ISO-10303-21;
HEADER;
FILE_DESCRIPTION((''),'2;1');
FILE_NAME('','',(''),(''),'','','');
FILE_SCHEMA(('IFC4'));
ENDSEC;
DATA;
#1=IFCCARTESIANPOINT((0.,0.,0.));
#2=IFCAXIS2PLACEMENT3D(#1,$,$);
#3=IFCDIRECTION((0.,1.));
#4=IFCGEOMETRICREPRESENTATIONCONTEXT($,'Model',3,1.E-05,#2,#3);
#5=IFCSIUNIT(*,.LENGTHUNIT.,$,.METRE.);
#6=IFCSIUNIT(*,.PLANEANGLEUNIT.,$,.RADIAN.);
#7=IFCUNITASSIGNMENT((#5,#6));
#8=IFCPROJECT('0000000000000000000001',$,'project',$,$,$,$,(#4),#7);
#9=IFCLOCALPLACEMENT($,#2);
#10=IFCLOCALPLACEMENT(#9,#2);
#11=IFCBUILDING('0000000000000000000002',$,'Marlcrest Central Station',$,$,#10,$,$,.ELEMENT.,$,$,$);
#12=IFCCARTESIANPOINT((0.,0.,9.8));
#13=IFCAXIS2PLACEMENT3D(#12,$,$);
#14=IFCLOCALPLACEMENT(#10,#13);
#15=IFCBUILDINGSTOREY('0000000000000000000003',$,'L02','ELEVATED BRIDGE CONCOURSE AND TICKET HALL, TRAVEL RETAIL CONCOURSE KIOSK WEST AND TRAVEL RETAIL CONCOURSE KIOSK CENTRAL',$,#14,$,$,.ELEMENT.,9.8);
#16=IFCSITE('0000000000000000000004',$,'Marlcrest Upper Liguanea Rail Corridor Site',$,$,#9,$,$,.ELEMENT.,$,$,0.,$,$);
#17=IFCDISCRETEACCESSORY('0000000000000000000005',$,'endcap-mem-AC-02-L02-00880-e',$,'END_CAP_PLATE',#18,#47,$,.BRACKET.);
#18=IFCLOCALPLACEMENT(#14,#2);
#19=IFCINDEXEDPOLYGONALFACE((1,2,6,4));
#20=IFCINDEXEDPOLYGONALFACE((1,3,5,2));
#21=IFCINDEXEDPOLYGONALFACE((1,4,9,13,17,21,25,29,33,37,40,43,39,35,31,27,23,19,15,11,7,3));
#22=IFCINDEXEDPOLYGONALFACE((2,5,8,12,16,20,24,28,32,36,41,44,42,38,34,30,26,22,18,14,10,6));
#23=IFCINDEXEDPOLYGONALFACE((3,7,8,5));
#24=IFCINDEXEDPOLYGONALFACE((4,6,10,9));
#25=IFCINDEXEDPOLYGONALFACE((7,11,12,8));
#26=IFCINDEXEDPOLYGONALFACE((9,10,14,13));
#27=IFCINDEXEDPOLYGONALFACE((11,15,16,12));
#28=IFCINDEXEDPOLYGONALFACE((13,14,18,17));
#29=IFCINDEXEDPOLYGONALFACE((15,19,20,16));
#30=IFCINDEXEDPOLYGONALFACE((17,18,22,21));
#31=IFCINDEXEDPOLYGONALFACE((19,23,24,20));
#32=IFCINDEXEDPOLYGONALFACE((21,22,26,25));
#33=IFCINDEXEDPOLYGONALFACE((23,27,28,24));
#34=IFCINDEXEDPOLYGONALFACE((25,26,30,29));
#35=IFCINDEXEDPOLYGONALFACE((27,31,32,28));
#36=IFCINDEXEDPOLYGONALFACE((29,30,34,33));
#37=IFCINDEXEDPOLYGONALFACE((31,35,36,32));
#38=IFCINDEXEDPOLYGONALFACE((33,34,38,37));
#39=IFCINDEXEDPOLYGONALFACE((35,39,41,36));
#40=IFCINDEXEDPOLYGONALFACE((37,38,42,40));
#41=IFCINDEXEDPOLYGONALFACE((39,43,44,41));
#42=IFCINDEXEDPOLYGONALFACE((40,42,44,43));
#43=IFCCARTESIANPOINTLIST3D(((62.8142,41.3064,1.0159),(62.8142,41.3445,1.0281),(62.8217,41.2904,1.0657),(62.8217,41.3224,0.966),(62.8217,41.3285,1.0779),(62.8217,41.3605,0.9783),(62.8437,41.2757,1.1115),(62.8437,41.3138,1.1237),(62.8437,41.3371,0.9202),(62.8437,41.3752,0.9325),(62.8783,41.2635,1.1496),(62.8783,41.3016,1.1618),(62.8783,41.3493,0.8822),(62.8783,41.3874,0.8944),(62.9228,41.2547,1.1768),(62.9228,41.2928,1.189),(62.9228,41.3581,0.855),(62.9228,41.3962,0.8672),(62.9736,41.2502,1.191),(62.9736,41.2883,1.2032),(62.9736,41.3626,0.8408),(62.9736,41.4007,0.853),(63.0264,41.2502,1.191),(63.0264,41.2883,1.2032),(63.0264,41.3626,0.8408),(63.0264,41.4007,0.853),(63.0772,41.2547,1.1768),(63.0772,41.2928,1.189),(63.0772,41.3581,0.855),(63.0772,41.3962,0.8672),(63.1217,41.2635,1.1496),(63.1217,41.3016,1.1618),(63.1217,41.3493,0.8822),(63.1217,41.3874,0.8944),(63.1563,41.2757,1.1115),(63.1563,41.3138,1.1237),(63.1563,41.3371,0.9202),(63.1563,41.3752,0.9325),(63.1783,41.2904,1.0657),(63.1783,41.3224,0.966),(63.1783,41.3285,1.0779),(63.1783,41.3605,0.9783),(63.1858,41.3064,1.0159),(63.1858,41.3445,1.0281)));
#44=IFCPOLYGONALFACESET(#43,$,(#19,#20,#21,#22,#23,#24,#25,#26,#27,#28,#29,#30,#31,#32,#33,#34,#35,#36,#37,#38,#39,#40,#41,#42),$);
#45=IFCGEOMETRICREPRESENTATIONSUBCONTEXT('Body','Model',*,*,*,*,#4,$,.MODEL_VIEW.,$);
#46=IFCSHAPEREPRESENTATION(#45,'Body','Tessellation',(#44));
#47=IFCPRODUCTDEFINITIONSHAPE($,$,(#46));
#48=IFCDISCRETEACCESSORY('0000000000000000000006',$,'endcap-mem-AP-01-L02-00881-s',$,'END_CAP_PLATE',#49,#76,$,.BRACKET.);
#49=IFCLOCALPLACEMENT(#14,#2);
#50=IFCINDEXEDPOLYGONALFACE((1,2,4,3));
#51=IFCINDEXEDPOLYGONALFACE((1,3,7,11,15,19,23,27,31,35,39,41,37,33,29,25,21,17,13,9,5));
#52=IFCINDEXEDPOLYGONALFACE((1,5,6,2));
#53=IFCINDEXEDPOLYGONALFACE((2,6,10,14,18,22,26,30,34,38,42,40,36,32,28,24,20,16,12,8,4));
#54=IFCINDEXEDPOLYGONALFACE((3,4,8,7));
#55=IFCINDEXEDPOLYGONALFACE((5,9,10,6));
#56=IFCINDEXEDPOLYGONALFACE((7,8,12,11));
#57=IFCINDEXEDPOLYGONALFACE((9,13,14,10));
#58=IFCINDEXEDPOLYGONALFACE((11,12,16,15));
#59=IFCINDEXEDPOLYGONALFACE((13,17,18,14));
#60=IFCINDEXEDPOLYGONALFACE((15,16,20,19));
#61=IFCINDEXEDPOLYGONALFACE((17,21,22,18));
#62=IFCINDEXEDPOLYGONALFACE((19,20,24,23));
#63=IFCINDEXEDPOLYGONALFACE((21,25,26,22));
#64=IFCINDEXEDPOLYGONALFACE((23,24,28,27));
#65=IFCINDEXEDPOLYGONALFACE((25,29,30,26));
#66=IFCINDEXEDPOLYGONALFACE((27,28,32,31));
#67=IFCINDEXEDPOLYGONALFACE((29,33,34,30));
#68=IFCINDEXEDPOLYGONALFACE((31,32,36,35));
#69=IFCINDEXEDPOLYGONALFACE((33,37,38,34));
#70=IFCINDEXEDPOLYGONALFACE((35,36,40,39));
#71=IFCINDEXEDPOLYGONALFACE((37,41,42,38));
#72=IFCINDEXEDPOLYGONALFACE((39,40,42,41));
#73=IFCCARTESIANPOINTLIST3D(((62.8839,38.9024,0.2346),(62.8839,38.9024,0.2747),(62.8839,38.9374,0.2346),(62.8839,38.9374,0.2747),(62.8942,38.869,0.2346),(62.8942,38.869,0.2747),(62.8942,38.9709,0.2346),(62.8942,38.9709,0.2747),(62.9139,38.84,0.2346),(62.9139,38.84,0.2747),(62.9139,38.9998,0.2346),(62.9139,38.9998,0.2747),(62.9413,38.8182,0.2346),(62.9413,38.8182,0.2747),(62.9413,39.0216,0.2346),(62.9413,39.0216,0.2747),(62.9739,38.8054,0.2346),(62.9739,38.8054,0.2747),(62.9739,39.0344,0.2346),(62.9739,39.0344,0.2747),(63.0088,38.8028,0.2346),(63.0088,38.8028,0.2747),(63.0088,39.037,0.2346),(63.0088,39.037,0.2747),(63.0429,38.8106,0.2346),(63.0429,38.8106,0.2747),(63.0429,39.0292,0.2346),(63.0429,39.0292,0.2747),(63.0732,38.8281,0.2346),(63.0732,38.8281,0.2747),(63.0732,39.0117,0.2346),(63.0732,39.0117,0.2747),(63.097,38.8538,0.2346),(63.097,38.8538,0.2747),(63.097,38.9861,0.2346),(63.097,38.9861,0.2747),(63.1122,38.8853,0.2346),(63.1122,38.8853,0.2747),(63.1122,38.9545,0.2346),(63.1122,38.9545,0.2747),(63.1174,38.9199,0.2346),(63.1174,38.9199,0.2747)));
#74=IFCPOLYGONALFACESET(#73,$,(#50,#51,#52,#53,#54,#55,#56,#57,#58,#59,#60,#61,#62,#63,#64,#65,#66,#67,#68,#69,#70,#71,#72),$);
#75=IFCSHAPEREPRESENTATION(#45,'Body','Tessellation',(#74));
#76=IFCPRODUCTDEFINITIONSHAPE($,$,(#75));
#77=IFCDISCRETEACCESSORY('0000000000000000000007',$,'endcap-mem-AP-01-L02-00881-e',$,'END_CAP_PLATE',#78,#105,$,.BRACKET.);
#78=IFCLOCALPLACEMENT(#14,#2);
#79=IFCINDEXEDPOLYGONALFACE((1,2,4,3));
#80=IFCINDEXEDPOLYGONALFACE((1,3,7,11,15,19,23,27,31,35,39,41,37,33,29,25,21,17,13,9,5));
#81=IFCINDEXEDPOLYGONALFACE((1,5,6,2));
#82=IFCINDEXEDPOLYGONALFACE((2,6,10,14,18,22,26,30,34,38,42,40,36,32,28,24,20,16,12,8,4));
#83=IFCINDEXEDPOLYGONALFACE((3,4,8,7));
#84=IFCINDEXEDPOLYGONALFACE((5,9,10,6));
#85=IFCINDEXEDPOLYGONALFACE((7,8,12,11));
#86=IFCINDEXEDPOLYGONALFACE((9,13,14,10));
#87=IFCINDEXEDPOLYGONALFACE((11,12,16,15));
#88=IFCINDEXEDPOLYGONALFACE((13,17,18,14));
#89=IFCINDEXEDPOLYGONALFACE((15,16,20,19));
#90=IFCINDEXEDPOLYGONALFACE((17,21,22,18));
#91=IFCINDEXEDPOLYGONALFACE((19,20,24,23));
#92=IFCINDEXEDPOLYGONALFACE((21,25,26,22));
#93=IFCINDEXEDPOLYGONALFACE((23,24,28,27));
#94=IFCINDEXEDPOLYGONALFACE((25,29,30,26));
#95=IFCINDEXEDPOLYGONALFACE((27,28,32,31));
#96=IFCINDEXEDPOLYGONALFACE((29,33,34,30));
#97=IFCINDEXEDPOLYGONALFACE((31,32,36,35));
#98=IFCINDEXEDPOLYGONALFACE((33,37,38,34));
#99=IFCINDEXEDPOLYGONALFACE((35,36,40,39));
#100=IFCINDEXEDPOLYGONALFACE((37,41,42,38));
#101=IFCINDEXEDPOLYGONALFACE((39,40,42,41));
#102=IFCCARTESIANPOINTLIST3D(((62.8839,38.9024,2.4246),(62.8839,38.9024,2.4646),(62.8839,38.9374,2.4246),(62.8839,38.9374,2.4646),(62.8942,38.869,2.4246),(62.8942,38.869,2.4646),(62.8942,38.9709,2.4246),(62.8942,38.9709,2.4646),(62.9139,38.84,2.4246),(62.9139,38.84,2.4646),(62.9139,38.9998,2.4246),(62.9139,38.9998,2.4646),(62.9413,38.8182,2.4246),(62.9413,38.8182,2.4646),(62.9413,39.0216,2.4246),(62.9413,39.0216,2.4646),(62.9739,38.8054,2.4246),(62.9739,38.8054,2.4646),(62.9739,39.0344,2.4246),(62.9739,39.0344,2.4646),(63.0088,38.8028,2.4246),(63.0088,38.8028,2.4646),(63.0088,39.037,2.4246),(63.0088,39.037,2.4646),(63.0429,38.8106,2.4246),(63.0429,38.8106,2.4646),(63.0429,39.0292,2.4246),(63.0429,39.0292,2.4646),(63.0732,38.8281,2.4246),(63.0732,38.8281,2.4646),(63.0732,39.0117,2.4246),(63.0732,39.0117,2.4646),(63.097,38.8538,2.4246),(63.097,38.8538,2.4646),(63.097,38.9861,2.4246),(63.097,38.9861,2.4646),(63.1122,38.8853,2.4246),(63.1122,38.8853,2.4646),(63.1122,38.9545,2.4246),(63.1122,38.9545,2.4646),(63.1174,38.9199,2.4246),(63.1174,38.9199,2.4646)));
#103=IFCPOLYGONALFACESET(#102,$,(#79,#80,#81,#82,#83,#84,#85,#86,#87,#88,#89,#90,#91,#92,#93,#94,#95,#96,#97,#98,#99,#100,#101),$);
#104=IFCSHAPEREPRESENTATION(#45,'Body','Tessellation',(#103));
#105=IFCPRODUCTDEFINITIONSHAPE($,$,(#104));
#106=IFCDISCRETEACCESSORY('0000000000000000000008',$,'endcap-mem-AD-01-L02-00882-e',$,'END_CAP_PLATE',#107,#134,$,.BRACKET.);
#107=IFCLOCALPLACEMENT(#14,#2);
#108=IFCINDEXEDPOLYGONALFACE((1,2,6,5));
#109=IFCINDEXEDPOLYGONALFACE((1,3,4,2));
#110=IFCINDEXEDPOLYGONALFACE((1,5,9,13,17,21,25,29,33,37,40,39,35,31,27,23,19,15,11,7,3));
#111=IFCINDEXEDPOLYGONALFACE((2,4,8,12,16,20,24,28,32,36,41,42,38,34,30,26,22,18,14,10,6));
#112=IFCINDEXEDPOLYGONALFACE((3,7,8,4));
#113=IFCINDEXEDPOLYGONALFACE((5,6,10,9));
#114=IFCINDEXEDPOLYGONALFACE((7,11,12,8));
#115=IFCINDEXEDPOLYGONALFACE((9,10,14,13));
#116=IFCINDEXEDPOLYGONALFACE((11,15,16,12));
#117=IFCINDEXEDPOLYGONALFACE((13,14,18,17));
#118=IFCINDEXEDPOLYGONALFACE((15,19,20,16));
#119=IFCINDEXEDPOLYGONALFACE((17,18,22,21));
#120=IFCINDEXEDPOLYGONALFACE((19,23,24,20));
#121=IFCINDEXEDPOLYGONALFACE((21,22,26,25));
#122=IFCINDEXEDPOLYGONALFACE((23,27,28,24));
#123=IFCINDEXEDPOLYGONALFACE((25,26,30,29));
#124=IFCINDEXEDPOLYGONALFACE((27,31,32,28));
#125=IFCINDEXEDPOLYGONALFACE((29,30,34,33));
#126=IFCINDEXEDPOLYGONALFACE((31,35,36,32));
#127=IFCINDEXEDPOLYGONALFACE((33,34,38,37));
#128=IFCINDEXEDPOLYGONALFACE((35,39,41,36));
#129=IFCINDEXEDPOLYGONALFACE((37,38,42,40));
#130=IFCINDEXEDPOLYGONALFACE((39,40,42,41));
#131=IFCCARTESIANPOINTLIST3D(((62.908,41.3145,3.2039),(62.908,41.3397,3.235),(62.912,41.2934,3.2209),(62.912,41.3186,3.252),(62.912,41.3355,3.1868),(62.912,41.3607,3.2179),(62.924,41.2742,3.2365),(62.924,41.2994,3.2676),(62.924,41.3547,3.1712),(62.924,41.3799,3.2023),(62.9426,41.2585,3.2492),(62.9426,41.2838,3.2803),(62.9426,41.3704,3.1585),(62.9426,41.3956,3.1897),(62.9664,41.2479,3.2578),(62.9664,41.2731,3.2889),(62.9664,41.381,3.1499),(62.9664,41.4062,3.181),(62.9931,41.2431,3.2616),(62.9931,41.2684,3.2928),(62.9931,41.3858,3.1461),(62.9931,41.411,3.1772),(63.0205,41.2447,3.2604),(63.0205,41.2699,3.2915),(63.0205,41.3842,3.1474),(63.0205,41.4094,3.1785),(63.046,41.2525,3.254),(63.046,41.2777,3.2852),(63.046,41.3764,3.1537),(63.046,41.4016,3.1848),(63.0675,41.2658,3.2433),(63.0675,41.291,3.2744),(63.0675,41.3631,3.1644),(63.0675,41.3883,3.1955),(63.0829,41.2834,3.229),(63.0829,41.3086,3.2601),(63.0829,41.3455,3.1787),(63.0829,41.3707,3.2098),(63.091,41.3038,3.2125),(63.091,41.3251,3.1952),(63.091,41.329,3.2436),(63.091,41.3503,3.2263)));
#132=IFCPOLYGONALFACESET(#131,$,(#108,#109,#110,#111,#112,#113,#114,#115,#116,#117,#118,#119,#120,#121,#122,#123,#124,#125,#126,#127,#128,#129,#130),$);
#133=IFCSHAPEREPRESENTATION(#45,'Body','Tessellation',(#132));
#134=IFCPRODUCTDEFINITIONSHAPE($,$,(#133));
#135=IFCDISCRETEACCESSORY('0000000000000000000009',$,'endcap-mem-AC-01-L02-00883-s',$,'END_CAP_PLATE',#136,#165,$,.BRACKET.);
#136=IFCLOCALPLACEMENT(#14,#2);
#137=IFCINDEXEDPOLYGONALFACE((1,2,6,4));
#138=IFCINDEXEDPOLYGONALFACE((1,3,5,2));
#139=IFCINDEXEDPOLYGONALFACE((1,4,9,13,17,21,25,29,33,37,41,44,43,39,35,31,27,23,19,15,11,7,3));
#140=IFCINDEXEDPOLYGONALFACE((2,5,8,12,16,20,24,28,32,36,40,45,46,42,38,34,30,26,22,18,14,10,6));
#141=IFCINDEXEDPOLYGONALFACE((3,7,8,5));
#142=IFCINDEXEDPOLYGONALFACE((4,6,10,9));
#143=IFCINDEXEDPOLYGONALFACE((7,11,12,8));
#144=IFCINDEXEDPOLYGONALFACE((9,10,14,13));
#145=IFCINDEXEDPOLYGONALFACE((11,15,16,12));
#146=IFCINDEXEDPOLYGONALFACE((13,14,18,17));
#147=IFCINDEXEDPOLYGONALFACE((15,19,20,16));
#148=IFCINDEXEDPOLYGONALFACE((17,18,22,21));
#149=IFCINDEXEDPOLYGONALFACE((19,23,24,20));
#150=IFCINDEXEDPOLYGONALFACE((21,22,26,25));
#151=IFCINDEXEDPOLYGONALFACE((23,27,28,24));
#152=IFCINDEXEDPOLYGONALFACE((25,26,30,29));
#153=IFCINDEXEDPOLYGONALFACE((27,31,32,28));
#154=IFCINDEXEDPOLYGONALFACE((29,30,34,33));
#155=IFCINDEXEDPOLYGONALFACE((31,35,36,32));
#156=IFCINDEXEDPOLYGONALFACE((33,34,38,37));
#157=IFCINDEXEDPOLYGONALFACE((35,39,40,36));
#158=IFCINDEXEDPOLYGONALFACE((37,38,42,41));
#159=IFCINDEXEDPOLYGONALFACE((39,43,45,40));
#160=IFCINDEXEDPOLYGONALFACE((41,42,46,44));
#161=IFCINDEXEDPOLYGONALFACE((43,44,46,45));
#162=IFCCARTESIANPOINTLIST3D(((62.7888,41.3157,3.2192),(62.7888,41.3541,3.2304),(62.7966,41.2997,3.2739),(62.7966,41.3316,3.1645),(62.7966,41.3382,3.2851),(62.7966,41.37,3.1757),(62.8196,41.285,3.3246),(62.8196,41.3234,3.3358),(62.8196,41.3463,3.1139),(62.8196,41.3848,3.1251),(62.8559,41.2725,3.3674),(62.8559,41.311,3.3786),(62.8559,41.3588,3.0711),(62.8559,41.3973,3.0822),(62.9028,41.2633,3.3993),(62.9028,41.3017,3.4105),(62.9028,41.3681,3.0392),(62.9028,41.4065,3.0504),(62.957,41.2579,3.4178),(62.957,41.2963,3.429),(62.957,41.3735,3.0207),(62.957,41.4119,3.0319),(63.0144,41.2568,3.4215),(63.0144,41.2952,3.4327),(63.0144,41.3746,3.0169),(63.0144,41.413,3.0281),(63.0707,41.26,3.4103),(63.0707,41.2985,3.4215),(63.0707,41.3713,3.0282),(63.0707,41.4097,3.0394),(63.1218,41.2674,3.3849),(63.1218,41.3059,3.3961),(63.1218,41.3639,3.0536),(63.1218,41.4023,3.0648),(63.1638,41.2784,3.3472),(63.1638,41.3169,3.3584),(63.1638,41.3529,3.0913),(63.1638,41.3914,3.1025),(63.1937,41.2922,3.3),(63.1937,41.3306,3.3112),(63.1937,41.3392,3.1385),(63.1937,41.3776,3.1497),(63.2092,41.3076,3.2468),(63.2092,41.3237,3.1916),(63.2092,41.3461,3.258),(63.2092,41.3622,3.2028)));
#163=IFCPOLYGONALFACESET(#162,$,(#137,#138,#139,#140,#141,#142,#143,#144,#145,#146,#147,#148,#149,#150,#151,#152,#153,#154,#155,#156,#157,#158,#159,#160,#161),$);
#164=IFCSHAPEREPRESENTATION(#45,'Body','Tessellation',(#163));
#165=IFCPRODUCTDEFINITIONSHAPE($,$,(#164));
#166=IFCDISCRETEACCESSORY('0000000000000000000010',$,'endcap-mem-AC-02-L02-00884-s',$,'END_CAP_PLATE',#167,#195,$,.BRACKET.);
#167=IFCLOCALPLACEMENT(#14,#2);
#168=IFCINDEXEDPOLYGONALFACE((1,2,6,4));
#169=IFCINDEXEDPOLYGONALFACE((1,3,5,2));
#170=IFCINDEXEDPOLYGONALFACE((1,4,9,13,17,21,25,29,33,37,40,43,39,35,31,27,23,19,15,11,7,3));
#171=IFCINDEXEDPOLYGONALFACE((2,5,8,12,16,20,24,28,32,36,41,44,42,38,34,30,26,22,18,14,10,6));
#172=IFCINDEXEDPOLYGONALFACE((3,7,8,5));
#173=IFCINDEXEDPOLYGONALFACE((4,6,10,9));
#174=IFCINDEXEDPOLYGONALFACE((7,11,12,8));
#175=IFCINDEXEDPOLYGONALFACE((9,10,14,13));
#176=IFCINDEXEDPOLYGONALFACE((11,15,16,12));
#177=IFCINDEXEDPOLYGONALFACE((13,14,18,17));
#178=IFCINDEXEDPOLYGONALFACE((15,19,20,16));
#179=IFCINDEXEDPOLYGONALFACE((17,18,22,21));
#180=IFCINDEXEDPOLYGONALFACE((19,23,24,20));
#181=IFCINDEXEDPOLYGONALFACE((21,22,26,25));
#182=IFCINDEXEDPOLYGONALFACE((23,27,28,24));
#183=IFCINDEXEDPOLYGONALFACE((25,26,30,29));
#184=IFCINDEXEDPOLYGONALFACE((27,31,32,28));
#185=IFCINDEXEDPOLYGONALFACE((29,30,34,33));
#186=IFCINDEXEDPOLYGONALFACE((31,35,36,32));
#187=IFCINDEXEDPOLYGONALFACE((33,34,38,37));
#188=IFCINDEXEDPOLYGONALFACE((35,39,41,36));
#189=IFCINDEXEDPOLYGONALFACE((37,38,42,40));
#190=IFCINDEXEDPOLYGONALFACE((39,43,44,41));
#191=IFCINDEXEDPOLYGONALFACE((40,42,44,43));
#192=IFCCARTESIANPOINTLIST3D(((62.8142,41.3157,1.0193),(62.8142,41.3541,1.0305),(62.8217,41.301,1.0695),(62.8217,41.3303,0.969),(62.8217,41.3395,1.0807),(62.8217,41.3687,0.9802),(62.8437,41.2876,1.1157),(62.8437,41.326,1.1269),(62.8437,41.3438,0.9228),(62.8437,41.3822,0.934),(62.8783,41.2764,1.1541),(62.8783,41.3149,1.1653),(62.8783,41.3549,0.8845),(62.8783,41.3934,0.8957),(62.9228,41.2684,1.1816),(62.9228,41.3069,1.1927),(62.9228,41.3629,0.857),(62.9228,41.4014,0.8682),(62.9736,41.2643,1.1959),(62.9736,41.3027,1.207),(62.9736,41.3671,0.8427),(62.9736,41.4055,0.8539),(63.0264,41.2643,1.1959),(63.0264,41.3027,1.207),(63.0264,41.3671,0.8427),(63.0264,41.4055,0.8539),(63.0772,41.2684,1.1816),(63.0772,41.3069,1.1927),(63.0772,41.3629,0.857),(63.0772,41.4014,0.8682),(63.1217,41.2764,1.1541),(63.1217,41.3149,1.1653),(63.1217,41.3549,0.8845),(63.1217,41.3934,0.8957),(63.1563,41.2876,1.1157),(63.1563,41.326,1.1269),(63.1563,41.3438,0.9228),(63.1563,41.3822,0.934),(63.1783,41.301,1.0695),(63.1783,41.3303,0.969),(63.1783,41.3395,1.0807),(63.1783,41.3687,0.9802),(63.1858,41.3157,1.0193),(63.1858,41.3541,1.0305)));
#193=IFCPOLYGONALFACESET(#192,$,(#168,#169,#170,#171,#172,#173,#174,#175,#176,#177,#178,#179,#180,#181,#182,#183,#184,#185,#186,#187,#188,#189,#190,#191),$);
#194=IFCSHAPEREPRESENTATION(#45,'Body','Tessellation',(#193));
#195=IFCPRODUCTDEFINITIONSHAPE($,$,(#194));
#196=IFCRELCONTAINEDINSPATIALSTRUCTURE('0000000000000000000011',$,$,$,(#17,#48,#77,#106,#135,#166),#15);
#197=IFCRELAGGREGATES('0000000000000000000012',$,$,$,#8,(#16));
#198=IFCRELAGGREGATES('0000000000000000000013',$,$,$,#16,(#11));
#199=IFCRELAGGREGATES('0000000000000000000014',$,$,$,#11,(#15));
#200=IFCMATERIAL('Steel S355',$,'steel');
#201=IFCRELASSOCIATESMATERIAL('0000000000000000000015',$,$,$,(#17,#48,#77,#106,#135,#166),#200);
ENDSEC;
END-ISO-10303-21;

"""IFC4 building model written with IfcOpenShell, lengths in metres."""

from ifc_helpers import new_model, si_unit, direction, frame, origin, origin_2d, place, context, subcontext, project, spatial, circle, extrude, material, element, save


model = new_model("IFC4")

# Units and contexts
model_context = context("Model", 3, precision=1e-05, world=origin(), true_north=direction((0.0, 1.0)))
body_context = subcontext(model_context, "Body", "Model", "MODEL_VIEW")
ifc_project = project(units=[si_unit("LENGTHUNIT", "METRE"), si_unit("PLANEANGLEUNIT", "RADIAN")], contexts=[model_context])

# Site, building, storey
site_placement = place(None, origin())
site = spatial("IfcSite", under=ifc_project, at=site_placement, Name="Marlcrest Upper Liguanea Rail Corridor Site", CompositionType="ELEMENT", RefElevation=0.0)
building_placement = place(site_placement, origin())
building = spatial("IfcBuilding", under=site, at=building_placement, Name="Marlcrest Central Station", CompositionType="ELEMENT")
storey_placement = place(building_placement, frame((0.0, 0.0, 9.8)))
storey = spatial("IfcBuildingStorey", under=building, at=storey_placement, Name="L02", Description="ELEVATED BRIDGE CONCOURSE AND TICKET HALL, TRAVEL RETAIL CONCOURSE KIOSK WEST AND TRAVEL RETAIL CONCOURSE KIOSK CENTRAL", CompositionType="ELEMENT", Elevation=9.8)

# Shared definitions
ifc_material_1 = material(Name="Steel S355", Category="steel")

# Discrete accessories
discrete_accessory_1_placement = place(storey_placement, frame((63.0, 41.3064, 1.0159), z_axis=(0.0, 0.952117, 0.305734), x_axis=(-1.0, 0.0, 0.0)))
element("IfcDiscreteAccessory", 1, at=discrete_accessory_1_placement, inside=storey, material=ifc_material_1, Name="endcap-mem-AC-02-L02-00880-e", ObjectType="END_CAP_PLATE", PredefinedType="BRACKET", context=body_context, shape_type="SweptSolid", body=[
    extrude(circle(Radius=0.1858, at=origin_2d()), origin(), (0.0, 0.0, 1.0), 0.04),
])
for number, where, z_axis, x_axis, name in (
    (2, (63.0, 38.9199, 0.2346), (0.0, 0.0, 1.0), (1.0, 0.0, 0.0), "endcap-mem-AP-01-L02-00881-s"),
    (3, (63.0, 38.9199, 2.4246), (0.0, 0.0, 1.0), (1.0, 0.0, 0.0), "endcap-mem-AP-01-L02-00881-e"),
):
    element("IfcDiscreteAccessory", number, at=place(storey_placement, frame(where, z_axis=z_axis, x_axis=x_axis)), inside=storey, material=ifc_material_1, Name=name, ObjectType="END_CAP_PLATE", PredefinedType="BRACKET", context=body_context, shape_type="SweptSolid", body=[
        extrude(circle(Radius=0.1174, at=origin_2d()), origin(), (0.0, 0.0, 1.0), 0.04),
    ])
discrete_accessory_2_placement = place(storey_placement, frame((63.0, 41.3145, 3.2039), z_axis=(0.0, 0.629629, 0.776896), x_axis=(-1.0, 0.0, 0.0)))
element("IfcDiscreteAccessory", 4, at=discrete_accessory_2_placement, inside=storey, material=ifc_material_1, Name="endcap-mem-AD-01-L02-00882-e", ObjectType="END_CAP_PLATE", PredefinedType="BRACKET", context=body_context, shape_type="SweptSolid", body=[
    extrude(circle(Radius=0.092, at=origin_2d()), origin(), (0.0, 0.0, 1.0), 0.04),
])
discrete_accessory_3_placement = place(storey_placement, frame((63.0, 41.3157, 3.2192), z_axis=(0.0, 0.96013, 0.279554), x_axis=(-1.0, 0.0, 0.0)))
element("IfcDiscreteAccessory", 5, at=discrete_accessory_3_placement, inside=storey, material=ifc_material_1, Name="endcap-mem-AC-01-L02-00883-s", ObjectType="END_CAP_PLATE", PredefinedType="BRACKET", context=body_context, shape_type="SweptSolid", body=[
    extrude(circle(Radius=0.2112, at=origin_2d()), origin(), (0.0, 0.0, 1.0), 0.04),
])
discrete_accessory_4_placement = place(storey_placement, frame((63.0, 41.3157, 1.0193), z_axis=(0.0, 0.96013, 0.279554), x_axis=(-1.0, 0.0, 0.0)))
element("IfcDiscreteAccessory", 6, at=discrete_accessory_4_placement, inside=storey, material=ifc_material_1, Name="endcap-mem-AC-02-L02-00884-s", ObjectType="END_CAP_PLATE", PredefinedType="BRACKET", context=body_context, shape_type="SweptSolid", body=[
    extrude(circle(Radius=0.1858, at=origin_2d()), origin(), (0.0, 0.0, 1.0), 0.04),
])

save(model, "model.ifc")
